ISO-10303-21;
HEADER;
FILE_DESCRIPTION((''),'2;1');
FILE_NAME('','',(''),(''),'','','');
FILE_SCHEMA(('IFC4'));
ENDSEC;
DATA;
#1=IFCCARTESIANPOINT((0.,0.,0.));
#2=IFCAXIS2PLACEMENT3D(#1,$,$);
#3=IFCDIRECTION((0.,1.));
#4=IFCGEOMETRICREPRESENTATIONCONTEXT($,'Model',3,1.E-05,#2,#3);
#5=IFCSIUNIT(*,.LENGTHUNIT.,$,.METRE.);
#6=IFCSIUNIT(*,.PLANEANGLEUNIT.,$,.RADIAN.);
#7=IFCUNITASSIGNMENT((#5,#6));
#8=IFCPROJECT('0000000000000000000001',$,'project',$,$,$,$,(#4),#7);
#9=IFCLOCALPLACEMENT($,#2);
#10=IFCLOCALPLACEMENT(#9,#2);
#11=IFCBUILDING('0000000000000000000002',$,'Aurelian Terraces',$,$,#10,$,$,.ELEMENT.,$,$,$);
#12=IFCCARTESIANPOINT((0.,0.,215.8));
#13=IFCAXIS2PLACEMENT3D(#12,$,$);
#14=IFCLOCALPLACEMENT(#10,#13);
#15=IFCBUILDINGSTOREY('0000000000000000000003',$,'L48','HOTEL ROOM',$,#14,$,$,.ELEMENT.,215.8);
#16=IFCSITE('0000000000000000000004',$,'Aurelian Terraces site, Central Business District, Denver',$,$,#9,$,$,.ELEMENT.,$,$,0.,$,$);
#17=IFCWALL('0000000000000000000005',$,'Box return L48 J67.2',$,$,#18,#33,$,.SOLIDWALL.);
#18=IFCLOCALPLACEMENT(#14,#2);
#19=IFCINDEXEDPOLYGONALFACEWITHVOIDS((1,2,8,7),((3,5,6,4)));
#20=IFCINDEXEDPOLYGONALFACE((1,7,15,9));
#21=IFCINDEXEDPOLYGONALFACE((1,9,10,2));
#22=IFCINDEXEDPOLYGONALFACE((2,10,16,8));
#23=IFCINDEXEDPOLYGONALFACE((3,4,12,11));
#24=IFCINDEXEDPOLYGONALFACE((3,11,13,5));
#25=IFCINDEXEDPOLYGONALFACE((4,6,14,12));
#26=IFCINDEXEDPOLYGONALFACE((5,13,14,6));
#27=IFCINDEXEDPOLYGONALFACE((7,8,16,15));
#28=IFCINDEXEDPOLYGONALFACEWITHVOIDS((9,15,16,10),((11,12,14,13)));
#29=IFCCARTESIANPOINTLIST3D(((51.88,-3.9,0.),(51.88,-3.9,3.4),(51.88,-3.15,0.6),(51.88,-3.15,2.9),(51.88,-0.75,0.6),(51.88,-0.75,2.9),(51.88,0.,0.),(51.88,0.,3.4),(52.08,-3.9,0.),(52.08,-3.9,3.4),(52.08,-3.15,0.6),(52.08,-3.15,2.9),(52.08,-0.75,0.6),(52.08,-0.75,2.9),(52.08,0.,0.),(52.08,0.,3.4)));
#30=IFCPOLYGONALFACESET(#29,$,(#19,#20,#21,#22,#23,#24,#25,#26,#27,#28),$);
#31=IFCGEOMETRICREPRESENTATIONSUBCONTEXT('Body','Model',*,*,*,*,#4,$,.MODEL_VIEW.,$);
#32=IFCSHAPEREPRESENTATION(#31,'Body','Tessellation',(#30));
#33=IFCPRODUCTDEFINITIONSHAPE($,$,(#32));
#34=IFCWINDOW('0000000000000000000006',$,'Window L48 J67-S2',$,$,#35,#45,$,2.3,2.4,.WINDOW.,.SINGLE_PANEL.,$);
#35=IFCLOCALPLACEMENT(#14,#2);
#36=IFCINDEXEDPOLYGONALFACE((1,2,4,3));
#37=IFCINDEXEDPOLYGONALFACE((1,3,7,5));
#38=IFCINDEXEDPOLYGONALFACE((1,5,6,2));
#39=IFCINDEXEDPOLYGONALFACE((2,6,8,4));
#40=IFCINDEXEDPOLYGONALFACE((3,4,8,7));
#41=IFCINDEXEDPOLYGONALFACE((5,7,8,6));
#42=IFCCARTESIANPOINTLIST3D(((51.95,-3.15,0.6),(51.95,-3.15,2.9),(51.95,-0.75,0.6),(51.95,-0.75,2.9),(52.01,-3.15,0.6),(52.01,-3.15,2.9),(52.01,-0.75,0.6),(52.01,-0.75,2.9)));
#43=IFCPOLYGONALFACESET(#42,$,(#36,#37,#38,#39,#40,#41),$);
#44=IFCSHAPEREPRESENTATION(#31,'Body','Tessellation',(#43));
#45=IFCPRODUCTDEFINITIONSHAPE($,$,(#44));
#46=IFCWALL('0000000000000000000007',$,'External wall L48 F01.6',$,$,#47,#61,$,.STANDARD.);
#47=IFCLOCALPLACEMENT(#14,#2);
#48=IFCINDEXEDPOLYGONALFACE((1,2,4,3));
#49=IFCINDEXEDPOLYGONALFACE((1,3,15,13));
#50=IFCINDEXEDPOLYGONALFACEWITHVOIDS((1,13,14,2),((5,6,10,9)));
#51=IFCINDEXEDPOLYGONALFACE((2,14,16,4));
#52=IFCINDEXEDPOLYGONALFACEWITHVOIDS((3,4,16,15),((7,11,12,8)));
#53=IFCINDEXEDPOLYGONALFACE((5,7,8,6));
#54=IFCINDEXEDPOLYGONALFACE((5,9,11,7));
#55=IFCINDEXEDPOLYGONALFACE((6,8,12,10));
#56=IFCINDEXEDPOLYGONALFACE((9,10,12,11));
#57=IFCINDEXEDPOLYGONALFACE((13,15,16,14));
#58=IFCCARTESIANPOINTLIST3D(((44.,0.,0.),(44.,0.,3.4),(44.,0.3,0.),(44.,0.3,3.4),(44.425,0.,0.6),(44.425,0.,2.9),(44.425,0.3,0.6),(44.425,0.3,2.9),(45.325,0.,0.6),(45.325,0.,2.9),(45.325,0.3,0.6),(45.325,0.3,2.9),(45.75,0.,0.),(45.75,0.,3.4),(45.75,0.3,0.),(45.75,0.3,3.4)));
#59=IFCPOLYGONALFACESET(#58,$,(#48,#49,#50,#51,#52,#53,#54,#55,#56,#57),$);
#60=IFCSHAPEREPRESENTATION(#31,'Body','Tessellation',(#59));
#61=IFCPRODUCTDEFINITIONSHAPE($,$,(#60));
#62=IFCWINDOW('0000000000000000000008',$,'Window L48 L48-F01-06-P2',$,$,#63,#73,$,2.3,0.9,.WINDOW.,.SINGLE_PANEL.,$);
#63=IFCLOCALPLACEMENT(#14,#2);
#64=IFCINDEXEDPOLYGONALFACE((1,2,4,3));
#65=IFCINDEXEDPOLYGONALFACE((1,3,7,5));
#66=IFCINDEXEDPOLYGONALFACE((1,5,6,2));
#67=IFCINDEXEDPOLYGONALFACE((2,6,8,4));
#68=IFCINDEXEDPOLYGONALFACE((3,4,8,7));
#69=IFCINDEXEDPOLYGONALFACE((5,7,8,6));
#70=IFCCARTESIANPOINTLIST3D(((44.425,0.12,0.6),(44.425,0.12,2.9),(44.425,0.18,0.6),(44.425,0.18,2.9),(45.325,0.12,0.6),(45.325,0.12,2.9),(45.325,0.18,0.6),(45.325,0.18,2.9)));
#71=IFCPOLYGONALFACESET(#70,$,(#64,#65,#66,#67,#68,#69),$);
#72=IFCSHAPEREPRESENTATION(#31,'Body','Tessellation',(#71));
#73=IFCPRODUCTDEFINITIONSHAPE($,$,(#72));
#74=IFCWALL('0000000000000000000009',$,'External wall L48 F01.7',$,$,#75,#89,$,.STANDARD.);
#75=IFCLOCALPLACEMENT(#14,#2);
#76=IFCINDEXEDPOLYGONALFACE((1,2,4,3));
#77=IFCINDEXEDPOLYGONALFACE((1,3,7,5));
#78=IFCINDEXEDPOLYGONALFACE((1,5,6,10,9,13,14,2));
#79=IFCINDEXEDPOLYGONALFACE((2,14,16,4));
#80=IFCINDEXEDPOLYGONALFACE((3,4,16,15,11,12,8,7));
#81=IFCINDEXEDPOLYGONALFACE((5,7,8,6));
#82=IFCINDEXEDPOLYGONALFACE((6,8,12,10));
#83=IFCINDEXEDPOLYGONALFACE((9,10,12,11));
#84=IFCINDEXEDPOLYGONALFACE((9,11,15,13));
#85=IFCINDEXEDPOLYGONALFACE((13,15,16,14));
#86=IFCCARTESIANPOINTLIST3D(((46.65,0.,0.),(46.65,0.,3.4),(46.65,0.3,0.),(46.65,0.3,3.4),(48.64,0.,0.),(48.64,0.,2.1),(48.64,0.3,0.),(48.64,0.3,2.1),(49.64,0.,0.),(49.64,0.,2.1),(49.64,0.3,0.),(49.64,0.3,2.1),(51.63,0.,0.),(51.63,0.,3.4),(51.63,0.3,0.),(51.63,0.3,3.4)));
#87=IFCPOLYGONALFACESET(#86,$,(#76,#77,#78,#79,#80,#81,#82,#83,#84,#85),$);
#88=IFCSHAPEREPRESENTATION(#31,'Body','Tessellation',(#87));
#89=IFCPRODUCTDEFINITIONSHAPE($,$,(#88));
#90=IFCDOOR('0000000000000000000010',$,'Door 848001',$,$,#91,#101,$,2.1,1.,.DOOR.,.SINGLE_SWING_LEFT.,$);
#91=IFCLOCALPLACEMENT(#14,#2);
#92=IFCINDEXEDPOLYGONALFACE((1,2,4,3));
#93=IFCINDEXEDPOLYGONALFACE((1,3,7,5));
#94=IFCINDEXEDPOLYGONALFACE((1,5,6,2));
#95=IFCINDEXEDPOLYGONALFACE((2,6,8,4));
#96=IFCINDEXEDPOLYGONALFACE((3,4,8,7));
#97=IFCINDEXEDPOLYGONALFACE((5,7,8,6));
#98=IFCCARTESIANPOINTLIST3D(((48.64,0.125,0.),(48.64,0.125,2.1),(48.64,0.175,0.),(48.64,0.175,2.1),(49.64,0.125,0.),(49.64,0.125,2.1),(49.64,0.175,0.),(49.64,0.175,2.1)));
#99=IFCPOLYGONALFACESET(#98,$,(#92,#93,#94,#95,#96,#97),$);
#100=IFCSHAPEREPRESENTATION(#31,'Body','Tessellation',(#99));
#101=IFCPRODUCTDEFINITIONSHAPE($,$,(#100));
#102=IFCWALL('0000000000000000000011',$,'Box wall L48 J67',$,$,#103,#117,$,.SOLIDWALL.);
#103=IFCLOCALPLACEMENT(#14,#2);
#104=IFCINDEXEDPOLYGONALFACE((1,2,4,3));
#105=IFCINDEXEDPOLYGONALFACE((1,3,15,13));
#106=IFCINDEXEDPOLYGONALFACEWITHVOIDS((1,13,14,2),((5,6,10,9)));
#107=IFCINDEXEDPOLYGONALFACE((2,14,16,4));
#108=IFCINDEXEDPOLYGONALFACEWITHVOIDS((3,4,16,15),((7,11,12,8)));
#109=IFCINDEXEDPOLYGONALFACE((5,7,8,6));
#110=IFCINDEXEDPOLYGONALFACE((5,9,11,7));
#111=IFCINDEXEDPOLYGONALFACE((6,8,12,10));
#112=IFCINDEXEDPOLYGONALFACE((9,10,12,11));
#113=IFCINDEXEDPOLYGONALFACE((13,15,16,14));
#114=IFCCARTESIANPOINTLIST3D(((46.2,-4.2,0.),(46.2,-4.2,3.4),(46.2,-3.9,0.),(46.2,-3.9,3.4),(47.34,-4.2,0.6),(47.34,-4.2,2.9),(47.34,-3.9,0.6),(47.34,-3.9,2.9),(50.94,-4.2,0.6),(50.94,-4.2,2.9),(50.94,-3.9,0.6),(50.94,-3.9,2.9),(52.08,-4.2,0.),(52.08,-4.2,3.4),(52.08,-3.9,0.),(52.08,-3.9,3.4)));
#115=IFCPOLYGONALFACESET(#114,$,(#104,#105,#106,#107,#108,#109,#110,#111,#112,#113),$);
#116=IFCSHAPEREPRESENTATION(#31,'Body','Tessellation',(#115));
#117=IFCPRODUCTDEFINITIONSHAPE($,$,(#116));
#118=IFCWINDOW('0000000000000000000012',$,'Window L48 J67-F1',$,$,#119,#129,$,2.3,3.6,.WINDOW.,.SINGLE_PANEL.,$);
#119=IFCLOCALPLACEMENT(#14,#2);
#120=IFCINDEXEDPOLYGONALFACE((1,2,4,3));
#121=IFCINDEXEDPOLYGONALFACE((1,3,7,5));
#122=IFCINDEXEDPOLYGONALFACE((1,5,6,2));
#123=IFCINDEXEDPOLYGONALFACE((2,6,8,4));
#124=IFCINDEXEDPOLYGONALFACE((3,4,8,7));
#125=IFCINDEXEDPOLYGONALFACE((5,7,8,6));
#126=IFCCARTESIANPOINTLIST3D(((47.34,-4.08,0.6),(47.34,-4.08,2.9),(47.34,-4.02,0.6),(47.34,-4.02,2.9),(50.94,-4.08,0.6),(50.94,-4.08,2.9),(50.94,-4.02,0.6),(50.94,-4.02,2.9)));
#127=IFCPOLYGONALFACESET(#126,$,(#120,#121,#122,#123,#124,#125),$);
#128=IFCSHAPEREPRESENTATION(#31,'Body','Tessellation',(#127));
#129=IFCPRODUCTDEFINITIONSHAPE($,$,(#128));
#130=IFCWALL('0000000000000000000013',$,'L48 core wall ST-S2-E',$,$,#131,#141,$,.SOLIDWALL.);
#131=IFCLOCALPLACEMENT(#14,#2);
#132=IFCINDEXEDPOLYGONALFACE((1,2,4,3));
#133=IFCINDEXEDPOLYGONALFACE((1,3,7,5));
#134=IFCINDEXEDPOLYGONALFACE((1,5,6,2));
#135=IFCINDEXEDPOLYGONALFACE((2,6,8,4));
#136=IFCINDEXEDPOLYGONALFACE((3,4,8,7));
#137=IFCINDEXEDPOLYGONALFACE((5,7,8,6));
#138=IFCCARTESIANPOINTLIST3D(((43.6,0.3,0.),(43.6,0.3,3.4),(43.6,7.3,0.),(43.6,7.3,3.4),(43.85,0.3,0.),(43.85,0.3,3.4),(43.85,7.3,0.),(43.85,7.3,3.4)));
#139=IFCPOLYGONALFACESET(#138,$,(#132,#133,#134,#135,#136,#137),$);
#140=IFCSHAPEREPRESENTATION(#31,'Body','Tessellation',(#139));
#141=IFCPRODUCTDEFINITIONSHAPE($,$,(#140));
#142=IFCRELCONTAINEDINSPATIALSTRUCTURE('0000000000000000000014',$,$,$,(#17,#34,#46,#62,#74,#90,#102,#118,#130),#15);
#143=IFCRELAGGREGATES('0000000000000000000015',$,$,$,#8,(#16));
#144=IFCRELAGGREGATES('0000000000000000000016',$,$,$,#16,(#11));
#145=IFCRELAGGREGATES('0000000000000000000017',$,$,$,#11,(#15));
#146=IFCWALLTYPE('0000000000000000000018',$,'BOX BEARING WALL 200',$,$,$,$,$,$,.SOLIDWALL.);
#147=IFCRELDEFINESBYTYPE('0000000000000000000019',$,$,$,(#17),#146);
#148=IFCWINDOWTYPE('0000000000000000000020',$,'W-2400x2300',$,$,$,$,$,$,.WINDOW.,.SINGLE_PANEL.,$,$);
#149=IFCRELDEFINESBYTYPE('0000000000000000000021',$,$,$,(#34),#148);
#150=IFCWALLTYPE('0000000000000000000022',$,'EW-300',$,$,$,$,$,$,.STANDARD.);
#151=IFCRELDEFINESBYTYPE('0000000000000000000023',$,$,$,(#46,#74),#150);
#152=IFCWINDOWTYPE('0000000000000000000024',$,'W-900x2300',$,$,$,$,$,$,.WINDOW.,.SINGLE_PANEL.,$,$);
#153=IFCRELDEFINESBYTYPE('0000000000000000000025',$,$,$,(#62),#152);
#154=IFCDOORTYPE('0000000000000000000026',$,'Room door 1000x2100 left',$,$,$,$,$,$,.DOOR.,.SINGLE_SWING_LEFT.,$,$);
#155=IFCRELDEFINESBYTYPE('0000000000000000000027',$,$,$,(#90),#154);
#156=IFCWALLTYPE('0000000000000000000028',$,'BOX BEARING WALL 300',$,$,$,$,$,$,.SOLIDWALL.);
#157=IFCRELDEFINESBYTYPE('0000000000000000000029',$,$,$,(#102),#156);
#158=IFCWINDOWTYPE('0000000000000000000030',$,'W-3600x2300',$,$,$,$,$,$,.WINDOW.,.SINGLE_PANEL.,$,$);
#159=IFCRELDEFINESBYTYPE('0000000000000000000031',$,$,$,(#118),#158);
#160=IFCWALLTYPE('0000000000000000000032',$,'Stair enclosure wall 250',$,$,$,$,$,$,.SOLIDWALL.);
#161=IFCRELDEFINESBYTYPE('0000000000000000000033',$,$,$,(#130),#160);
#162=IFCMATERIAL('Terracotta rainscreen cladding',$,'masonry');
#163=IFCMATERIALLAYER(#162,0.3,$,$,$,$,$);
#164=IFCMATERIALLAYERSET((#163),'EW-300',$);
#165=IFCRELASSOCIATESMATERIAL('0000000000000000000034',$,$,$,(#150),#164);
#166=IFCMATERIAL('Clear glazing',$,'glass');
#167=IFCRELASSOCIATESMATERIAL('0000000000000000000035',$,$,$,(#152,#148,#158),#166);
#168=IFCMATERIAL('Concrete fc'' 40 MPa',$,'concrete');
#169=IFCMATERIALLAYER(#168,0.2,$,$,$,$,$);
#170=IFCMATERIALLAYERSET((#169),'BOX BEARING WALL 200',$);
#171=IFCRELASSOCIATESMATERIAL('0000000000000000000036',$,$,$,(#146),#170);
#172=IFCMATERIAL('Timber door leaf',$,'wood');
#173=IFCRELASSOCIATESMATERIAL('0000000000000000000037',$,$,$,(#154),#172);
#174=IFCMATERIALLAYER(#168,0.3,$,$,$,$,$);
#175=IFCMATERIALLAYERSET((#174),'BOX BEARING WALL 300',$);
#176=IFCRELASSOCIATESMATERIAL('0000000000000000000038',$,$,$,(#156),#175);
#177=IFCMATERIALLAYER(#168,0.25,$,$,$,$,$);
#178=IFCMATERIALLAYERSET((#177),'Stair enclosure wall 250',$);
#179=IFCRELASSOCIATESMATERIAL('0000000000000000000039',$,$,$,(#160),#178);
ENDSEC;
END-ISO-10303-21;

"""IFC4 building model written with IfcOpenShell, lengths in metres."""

from ifc_helpers import new_model, si_unit, direction, frame, frame_2d, origin, place, context, subcontext, project, spatial, rectangle, extrude, source, transform, mapped, material, layer, layer_set, type_object, element, fill, save


model = new_model("IFC4")

# Units and contexts
model_context = context("Model", 3, precision=1e-05, world=origin(), true_north=direction((0.0, 1.0)))
body_context = subcontext(model_context, "Body", "Model", "MODEL_VIEW")
ifc_project = project(units=[si_unit("LENGTHUNIT", "METRE"), si_unit("PLANEANGLEUNIT", "RADIAN")], contexts=[model_context])

# Site, building, storey
site_placement = place(None, origin())
site = spatial("IfcSite", under=ifc_project, at=site_placement, Name="Aurelian Terraces site, Central Business District, Denver", CompositionType="ELEMENT", RefElevation=0.0)
building_placement = place(site_placement, origin())
building = spatial("IfcBuilding", under=site, at=building_placement, Name="Aurelian Terraces", CompositionType="ELEMENT")
storey_placement = place(building_placement, frame((0.0, 0.0, 215.8)))
storey = spatial("IfcBuildingStorey", under=building, at=storey_placement, Name="L48", Description="HOTEL ROOM", CompositionType="ELEMENT", Elevation=215.8)

# Walls, openings, windows
ifc_material_1 = material(Name="Terracotta rainscreen cladding", Category="masonry")
ifc_layer_1 = layer(ifc_material_1, 0.3)
ifc_layer_set_1 = layer_set([ifc_layer_1], Name="EW-300")
wall_type_1 = type_object("IfcWallType", Name="EW-300", PredefinedType="STANDARD", material=ifc_layer_set_1)
ifc_material_2 = material(Name="Clear glazing", Category="glass")
shared_shape_1 = source(origin(), body_context, "Body", "SweptSolid", [
    extrude(rectangle(XDim=0.9, YDim=2.3, at=frame_2d((0.45, 1.15))), frame((0.0, 0.16, 0.0), z_axis=(0.0, -1.0, 0.0), x_axis=(1.0, 0.0, 0.0)), (0.0, 0.0, 1.0), 0.32),
])
window_type_1 = type_object("IfcWindowType", Name="W-900x2300", PartitioningType="SINGLE_PANEL", PredefinedType="WINDOW", material=ifc_material_2)
shared_shape_2 = source(origin(), body_context, "Body", "SweptSolid", [
    extrude(rectangle(XDim=0.9, YDim=2.3, at=frame_2d((0.45, 1.15))), frame((0.0, 0.03, 0.0), z_axis=(0.0, -1.0, 0.0), x_axis=(1.0, 0.0, 0.0)), (0.0, 0.0, 1.0), 0.06),
])
ifc_material_3 = material(Name="Concrete fc' 40 MPa", Category="concrete")
ifc_layer_2 = layer(ifc_material_3, 0.2)
ifc_layer_set_2 = layer_set([ifc_layer_2], Name="BOX BEARING WALL 200")
wall_type_2 = type_object("IfcWallType", Name="BOX BEARING WALL 200", PredefinedType="SOLIDWALL", material=ifc_layer_set_2)
shared_shape_3 = source(origin(), body_context, "Body", "SweptSolid", [
    extrude(rectangle(XDim=3.9, YDim=0.2, at=frame_2d((1.95, 0.0))), origin(), (0.0, 0.0, 1.0), 3.4),
])
shared_shape_4 = source(origin(), body_context, "Body", "SweptSolid", [
    extrude(rectangle(XDim=2.4, YDim=2.3, at=frame_2d((1.2, 1.15))), frame((0.0, 0.11, 0.0), z_axis=(0.0, -1.0, 0.0), x_axis=(1.0, 0.0, 0.0)), (0.0, 0.0, 1.0), 0.22),
])
window_type_2 = type_object("IfcWindowType", Name="W-2400x2300", PartitioningType="SINGLE_PANEL", PredefinedType="WINDOW", material=ifc_material_2)
shared_shape_5 = source(origin(), body_context, "Body", "SweptSolid", [
    extrude(rectangle(XDim=2.4, YDim=2.3, at=frame_2d((1.2, 1.15))), frame((0.0, 0.03, 0.0), z_axis=(0.0, -1.0, 0.0), x_axis=(1.0, 0.0, 0.0)), (0.0, 0.0, 1.0), 0.06),
])
wall_1_placement = place(storey_placement, frame((51.98, 0.0, 0.0), z_axis=(0.0, 0.0, 1.0), x_axis=(0.0, -1.0, 0.0)))
wall_1 = element("IfcWall", 1, at=wall_1_placement, inside=storey, type_object=wall_type_2, Name="Box return L48 J67.2", PredefinedType="SOLIDWALL", context=body_context, shape_type="MappedRepresentation", body=[
    mapped(shared_shape_3, transform((0.0, 0.0, 0.0), scale=1.0)),
])
opening_1_placement = place(wall_1_placement, frame((0.75, 0.0, 0.6)))
opening_1 = element("IfcOpeningElement", 2, at=opening_1_placement, cuts=wall_1, PredefinedType="OPENING", context=body_context, shape_type="MappedRepresentation", body=[
    mapped(shared_shape_4, transform((0.0, 0.0, 0.0), scale=1.0)),
])
window_1_placement = place(opening_1_placement, origin())
window_1 = element("IfcWindow", 3, at=window_1_placement, inside=storey, type_object=window_type_2, Name="Window L48 J67-S2", OverallHeight=2.3, OverallWidth=2.4, PartitioningType="SINGLE_PANEL", PredefinedType="WINDOW", context=body_context, shape_type="MappedRepresentation", body=[
    mapped(shared_shape_5, transform((0.0, 0.0, 0.0), scale=1.0)),
])
fill(opening_1, window_1)
shared_shape_6 = source(origin(), body_context, "Body", "SweptSolid", [
    extrude(rectangle(XDim=1.75, YDim=0.3, at=frame_2d((0.875, 0.0))), origin(), (0.0, 0.0, 1.0), 3.4),
])
wall_2_placement = place(storey_placement, frame((44.0, 0.15, 0.0), z_axis=(0.0, 0.0, 1.0), x_axis=(1.0, 0.0, 0.0)))
wall_2 = element("IfcWall", 4, at=wall_2_placement, inside=storey, type_object=wall_type_1, Name="External wall L48 F01.6", PredefinedType="STANDARD", context=body_context, shape_type="MappedRepresentation", body=[
    mapped(shared_shape_6, transform((0.0, 0.0, 0.0), scale=1.0)),
])
opening_2_placement = place(wall_2_placement, frame((0.425, 0.0, 0.6)))
opening_2 = element("IfcOpeningElement", 5, at=opening_2_placement, cuts=wall_2, PredefinedType="OPENING", context=body_context, shape_type="MappedRepresentation", body=[
    mapped(shared_shape_1, transform((0.0, 0.0, 0.0), scale=1.0)),
])
window_2_placement = place(opening_2_placement, origin())
window_2 = element("IfcWindow", 6, at=window_2_placement, inside=storey, type_object=window_type_1, Name="Window L48 L48-F01-06-P2", OverallHeight=2.3, OverallWidth=0.9, PartitioningType="SINGLE_PANEL", PredefinedType="WINDOW", context=body_context, shape_type="MappedRepresentation", body=[
    mapped(shared_shape_2, transform((0.0, 0.0, 0.0), scale=1.0)),
])
fill(opening_2, window_2)

# Wall, opening, door
shared_shape_7 = source(origin(), body_context, "Body", "SweptSolid", [
    extrude(rectangle(XDim=4.98, YDim=0.3, at=frame_2d((2.49, 0.0))), origin(), (0.0, 0.0, 1.0), 3.4),
])
wall_3_placement = place(storey_placement, frame((46.65, 0.15, 0.0), z_axis=(0.0, 0.0, 1.0), x_axis=(1.0, 0.0, 0.0)))
wall_3 = element("IfcWall", 7, at=wall_3_placement, inside=storey, type_object=wall_type_1, Name="External wall L48 F01.7", PredefinedType="STANDARD", context=body_context, shape_type="MappedRepresentation", body=[
    mapped(shared_shape_7, transform((0.0, 0.0, 0.0), scale=1.0)),
])
shared_shape_8 = source(origin(), body_context, "Body", "SweptSolid", [
    extrude(rectangle(XDim=1.0, YDim=2.1, at=frame_2d((0.5, 1.05))), frame((0.0, 0.16, 0.0), z_axis=(0.0, -1.0, 0.0), x_axis=(1.0, 0.0, 0.0)), (0.0, 0.0, 1.0), 0.32),
])
opening_3_placement = place(wall_3_placement, frame((1.99, 0.0, 0.0)))
opening_3 = element("IfcOpeningElement", 8, at=opening_3_placement, cuts=wall_3, PredefinedType="OPENING", context=body_context, shape_type="MappedRepresentation", body=[
    mapped(shared_shape_8, transform((0.0, 0.0, 0.0), scale=1.0)),
])
ifc_material_4 = material(Name="Timber door leaf", Category="wood")
door_type = type_object("IfcDoorType", Name="Room door 1000x2100 left", OperationType="SINGLE_SWING_LEFT", PredefinedType="DOOR", material=ifc_material_4)
shared_shape_9 = source(origin(), body_context, "Body", "SweptSolid", [
    extrude(rectangle(XDim=1.0, YDim=2.1, at=frame_2d((0.5, 1.05))), frame((0.0, 0.025, 0.0), z_axis=(0.0, -1.0, 0.0), x_axis=(1.0, 0.0, 0.0)), (0.0, 0.0, 1.0), 0.05),
])
door_placement = place(opening_3_placement, origin())
door = element("IfcDoor", 9, at=door_placement, inside=storey, type_object=door_type, Name="Door 848001", OperationType="SINGLE_SWING_LEFT", OverallHeight=2.1, OverallWidth=1.0, PredefinedType="DOOR", context=body_context, shape_type="MappedRepresentation", body=[
    mapped(shared_shape_9, transform((0.0, 0.0, 0.0), scale=1.0)),
])
fill(opening_3, door)

# Wall, opening, window
ifc_layer_3 = layer(ifc_material_3, 0.3)
ifc_layer_set_3 = layer_set([ifc_layer_3], Name="BOX BEARING WALL 300")
wall_type_3 = type_object("IfcWallType", Name="BOX BEARING WALL 300", PredefinedType="SOLIDWALL", material=ifc_layer_set_3)
shared_shape_10 = source(origin(), body_context, "Body", "SweptSolid", [
    extrude(rectangle(XDim=5.88, YDim=0.3, at=frame_2d((2.94, 0.0))), origin(), (0.0, 0.0, 1.0), 3.4),
])
wall_4_placement = place(storey_placement, frame((46.2, -4.05, 0.0), z_axis=(0.0, 0.0, 1.0), x_axis=(1.0, 0.0, 0.0)))
wall_4 = element("IfcWall", 10, at=wall_4_placement, inside=storey, type_object=wall_type_3, Name="Box wall L48 J67", PredefinedType="SOLIDWALL", context=body_context, shape_type="MappedRepresentation", body=[
    mapped(shared_shape_10, transform((0.0, 0.0, 0.0), scale=1.0)),
])
shared_shape_11 = source(origin(), body_context, "Body", "SweptSolid", [
    extrude(rectangle(XDim=3.6, YDim=2.3, at=frame_2d((1.8, 1.15))), frame((0.0, 0.16, 0.0), z_axis=(0.0, -1.0, 0.0), x_axis=(1.0, 0.0, 0.0)), (0.0, 0.0, 1.0), 0.32),
])
opening_4_placement = place(wall_4_placement, frame((1.14, 0.0, 0.6)))
opening_4 = element("IfcOpeningElement", 11, at=opening_4_placement, cuts=wall_4, PredefinedType="OPENING", context=body_context, shape_type="MappedRepresentation", body=[
    mapped(shared_shape_11, transform((0.0, 0.0, 0.0), scale=1.0)),
])
window_type_3 = type_object("IfcWindowType", Name="W-3600x2300", PartitioningType="SINGLE_PANEL", PredefinedType="WINDOW", material=ifc_material_2)
shared_shape_12 = source(origin(), body_context, "Body", "SweptSolid", [
    extrude(rectangle(XDim=3.6, YDim=2.3, at=frame_2d((1.8, 1.15))), frame((0.0, 0.03, 0.0), z_axis=(0.0, -1.0, 0.0), x_axis=(1.0, 0.0, 0.0)), (0.0, 0.0, 1.0), 0.06),
])
window_3_placement = place(opening_4_placement, origin())
window_3 = element("IfcWindow", 12, at=window_3_placement, inside=storey, type_object=window_type_3, Name="Window L48 J67-F1", OverallHeight=2.3, OverallWidth=3.6, PartitioningType="SINGLE_PANEL", PredefinedType="WINDOW", context=body_context, shape_type="MappedRepresentation", body=[
    mapped(shared_shape_12, transform((0.0, 0.0, 0.0), scale=1.0)),
])
fill(opening_4, window_3)

# Wall
ifc_layer_4 = layer(ifc_material_3, 0.25)
ifc_layer_set_4 = layer_set([ifc_layer_4], Name="Stair enclosure wall 250")
wall_type_4 = type_object("IfcWallType", Name="Stair enclosure wall 250", PredefinedType="SOLIDWALL", material=ifc_layer_set_4)
shared_shape_13 = source(origin(), body_context, "Body", "SweptSolid", [
    extrude(rectangle(XDim=7.0, YDim=0.25, at=frame_2d((3.5, 0.0))), origin(), (0.0, 0.0, 1.0), 3.4),
])
wall_5_placement = place(storey_placement, frame((43.725, 0.3, 0.0), z_axis=(0.0, 0.0, 1.0), x_axis=(0.0, 1.0, 0.0)))
element("IfcWall", 13, at=wall_5_placement, inside=storey, type_object=wall_type_4, Name="L48 core wall ST-S2-E", PredefinedType="SOLIDWALL", context=body_context, shape_type="MappedRepresentation", body=[
    mapped(shared_shape_13, transform((0.0, 0.0, 0.0), scale=1.0)),
])

save(model, "model.ifc")
